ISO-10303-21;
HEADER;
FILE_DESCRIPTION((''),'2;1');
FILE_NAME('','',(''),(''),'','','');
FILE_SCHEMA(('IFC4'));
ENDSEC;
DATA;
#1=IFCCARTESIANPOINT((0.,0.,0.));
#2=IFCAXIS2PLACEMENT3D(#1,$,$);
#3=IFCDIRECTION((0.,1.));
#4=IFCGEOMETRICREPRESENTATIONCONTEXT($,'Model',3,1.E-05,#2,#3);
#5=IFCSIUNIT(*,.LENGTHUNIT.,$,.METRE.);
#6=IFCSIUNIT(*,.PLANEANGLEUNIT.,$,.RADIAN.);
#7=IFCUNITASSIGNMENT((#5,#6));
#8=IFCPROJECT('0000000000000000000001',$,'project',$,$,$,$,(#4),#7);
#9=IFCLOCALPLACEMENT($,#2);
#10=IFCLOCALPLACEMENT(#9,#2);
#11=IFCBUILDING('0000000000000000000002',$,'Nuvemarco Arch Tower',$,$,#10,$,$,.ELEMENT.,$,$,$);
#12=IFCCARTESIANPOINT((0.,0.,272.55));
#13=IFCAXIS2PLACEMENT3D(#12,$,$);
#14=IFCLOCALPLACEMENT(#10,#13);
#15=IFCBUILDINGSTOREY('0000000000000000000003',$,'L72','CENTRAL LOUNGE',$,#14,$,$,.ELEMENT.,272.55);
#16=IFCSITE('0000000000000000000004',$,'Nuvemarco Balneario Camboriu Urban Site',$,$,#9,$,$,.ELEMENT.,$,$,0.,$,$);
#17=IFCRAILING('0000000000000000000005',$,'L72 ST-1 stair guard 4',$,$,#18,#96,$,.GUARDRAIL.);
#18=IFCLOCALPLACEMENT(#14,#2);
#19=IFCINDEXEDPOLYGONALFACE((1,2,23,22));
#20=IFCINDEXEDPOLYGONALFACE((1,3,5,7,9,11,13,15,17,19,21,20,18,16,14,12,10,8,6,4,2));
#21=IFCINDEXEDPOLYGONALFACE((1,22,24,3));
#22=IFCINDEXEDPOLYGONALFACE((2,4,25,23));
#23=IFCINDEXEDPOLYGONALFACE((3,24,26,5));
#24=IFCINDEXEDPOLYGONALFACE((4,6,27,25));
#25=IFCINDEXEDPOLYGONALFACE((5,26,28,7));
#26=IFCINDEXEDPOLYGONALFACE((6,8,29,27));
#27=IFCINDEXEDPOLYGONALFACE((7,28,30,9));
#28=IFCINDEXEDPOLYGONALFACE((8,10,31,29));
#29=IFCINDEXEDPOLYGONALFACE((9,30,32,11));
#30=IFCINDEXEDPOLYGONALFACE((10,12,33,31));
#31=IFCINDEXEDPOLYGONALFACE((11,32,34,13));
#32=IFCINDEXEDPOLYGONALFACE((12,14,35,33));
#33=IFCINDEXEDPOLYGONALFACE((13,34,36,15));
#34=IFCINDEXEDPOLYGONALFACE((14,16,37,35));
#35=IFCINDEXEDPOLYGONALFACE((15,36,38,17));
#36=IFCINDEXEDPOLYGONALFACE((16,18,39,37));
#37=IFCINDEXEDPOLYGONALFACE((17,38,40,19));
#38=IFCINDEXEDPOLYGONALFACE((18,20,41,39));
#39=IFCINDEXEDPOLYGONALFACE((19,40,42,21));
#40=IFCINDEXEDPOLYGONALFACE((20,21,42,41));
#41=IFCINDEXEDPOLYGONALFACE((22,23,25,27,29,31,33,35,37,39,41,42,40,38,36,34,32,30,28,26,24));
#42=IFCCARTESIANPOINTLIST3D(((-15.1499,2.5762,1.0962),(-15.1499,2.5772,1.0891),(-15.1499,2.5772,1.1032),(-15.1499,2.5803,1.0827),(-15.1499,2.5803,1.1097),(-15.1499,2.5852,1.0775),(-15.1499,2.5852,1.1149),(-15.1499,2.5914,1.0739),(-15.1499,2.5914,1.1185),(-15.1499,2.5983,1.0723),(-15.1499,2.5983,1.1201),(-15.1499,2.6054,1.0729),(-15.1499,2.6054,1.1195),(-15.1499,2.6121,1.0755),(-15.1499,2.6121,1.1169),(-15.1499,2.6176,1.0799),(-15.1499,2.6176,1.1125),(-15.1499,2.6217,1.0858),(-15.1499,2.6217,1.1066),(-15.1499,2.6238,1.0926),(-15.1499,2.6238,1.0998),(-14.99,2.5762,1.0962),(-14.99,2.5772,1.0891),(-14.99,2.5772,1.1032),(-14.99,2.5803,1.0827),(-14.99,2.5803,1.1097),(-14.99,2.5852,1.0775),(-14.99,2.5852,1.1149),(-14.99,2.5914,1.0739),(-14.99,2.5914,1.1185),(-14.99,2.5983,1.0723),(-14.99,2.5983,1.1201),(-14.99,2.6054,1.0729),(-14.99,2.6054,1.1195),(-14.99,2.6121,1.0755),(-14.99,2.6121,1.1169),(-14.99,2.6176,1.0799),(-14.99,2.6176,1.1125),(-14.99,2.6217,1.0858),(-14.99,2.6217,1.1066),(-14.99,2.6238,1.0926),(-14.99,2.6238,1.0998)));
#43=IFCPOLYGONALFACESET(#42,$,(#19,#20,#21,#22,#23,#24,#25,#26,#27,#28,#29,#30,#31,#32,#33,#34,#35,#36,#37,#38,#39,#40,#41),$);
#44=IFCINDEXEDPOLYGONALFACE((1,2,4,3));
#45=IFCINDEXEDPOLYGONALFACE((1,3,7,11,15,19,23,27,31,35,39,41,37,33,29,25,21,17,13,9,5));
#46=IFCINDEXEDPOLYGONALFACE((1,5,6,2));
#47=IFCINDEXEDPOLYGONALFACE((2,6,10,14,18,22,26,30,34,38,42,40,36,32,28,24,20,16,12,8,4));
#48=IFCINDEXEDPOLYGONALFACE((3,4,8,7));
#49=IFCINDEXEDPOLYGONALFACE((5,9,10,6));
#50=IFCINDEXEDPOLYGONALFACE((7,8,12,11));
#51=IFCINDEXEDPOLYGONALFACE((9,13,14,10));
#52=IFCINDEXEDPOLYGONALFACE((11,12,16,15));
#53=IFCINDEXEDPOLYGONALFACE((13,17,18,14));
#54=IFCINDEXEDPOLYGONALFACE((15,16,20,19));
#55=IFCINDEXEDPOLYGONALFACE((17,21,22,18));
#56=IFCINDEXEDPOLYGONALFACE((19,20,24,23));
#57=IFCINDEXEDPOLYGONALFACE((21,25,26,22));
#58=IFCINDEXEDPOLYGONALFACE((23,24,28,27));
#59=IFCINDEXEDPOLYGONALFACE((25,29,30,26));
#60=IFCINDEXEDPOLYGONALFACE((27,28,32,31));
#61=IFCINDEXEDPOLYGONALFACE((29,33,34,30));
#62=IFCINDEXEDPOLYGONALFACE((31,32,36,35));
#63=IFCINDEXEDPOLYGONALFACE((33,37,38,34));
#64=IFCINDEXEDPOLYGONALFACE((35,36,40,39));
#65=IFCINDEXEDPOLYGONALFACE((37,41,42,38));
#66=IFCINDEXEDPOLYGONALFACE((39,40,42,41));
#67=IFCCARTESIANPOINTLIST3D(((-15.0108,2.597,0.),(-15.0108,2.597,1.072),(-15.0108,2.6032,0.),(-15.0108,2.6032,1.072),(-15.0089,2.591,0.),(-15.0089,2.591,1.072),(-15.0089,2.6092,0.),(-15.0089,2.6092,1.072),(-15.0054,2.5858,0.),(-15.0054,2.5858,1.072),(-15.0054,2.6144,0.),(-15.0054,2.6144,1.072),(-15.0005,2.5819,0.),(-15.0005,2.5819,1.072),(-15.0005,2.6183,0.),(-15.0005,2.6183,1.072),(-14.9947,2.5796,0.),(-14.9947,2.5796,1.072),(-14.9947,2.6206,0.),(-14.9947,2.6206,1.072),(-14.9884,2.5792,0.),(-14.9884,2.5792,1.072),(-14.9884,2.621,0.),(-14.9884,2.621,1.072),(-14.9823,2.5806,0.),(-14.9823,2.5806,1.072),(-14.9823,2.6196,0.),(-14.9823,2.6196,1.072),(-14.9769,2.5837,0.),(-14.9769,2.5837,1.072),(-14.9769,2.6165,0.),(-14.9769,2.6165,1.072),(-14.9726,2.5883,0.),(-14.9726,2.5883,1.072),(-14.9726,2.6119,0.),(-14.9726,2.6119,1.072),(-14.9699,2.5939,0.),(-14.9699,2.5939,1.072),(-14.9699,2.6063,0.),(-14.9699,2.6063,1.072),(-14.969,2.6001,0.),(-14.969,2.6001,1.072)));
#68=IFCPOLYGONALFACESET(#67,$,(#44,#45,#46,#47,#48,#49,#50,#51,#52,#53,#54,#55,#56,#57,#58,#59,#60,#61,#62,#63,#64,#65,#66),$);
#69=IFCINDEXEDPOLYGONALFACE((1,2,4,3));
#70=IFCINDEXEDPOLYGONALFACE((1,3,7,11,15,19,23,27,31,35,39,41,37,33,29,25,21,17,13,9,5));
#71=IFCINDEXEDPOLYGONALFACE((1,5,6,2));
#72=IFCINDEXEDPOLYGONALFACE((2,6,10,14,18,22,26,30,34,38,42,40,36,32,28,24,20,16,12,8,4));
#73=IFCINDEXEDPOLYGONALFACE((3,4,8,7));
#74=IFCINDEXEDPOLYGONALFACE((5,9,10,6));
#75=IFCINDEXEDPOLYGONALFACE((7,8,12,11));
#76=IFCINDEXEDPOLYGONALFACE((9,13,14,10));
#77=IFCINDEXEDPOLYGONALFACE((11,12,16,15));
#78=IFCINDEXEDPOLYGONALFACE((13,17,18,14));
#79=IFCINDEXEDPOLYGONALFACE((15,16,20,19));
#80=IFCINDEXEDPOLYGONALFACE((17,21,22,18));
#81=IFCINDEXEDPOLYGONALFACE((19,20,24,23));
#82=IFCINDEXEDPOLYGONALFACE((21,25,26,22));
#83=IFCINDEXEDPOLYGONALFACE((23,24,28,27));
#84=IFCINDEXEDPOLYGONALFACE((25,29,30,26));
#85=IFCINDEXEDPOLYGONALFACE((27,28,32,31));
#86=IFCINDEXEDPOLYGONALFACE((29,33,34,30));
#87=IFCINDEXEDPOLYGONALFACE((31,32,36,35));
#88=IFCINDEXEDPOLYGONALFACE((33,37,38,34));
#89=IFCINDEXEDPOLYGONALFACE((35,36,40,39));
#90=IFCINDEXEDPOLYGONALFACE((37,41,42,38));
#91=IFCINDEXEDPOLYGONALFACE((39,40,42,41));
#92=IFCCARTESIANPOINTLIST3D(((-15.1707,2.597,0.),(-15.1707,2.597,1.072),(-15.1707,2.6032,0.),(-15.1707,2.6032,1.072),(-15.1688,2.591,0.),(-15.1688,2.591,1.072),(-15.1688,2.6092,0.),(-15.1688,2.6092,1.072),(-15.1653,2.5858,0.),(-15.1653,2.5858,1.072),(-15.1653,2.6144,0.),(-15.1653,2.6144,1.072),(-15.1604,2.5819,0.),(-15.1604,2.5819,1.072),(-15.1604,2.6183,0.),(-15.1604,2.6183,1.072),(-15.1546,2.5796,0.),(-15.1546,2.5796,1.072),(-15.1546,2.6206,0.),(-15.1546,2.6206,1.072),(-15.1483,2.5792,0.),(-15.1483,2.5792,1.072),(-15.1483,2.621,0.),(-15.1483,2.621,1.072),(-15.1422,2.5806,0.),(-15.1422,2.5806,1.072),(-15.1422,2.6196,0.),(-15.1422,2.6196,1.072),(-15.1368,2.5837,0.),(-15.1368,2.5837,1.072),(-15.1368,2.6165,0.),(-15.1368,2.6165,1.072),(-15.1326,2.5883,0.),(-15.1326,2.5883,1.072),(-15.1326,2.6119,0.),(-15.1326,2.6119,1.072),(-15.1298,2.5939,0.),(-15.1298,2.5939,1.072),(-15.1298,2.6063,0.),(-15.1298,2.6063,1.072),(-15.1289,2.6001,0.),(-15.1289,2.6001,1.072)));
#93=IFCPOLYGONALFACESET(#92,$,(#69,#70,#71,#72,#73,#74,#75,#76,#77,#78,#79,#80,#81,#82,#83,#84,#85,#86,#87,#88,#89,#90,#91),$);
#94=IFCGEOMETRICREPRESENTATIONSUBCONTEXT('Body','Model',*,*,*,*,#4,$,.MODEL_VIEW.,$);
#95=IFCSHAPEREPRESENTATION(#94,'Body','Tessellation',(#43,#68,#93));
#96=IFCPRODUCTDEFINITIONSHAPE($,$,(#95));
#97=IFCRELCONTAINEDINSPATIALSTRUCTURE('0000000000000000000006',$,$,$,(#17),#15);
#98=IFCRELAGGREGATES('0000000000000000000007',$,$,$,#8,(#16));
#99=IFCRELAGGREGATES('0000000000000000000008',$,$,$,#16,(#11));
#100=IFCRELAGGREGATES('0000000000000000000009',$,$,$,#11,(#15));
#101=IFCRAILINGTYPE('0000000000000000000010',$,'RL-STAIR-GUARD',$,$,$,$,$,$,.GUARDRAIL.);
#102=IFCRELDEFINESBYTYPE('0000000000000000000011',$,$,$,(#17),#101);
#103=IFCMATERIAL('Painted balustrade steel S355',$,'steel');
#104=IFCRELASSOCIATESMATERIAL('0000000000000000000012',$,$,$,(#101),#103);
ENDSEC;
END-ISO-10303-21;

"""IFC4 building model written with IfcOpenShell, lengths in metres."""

from ifc_helpers import new_model, si_unit, direction, frame, origin, origin_2d, place, context, subcontext, project, spatial, circle, extrude, material, type_object, element, save


model = new_model("IFC4")

# Units and contexts
model_context = context("Model", 3, precision=1e-05, world=origin(), true_north=direction((0.0, 1.0)))
body_context = subcontext(model_context, "Body", "Model", "MODEL_VIEW")
ifc_project = project(units=[si_unit("LENGTHUNIT", "METRE"), si_unit("PLANEANGLEUNIT", "RADIAN")], contexts=[model_context])

# Site, building, storey
site_placement = place(None, origin())
site = spatial("IfcSite", under=ifc_project, at=site_placement, Name="Nuvemarco Balneario Camboriu Urban Site", CompositionType="ELEMENT", RefElevation=0.0)
building_placement = place(site_placement, origin())
building = spatial("IfcBuilding", under=site, at=building_placement, Name="Nuvemarco Arch Tower", CompositionType="ELEMENT")
storey_placement = place(building_placement, frame((0.0, 0.0, 272.55)))
storey = spatial("IfcBuildingStorey", under=building, at=storey_placement, Name="L72", Description="CENTRAL LOUNGE", CompositionType="ELEMENT", Elevation=272.55)

# Railing
ifc_material_1 = material(Name="Painted balustrade steel S355", Category="steel")
railing_type_1 = type_object("IfcRailingType", Name="RL-STAIR-GUARD", PredefinedType="GUARDRAIL", material=ifc_material_1)
railing_1_placement = place(storey_placement, frame((-14.99, 2.6001, 0.0)))
element("IfcRailing", 1, at=railing_1_placement, inside=storey, type_object=railing_type_1, Name="L72 ST-1 stair guard 4", PredefinedType="GUARDRAIL", context=body_context, shape_type="SweptSolid", body=[
    extrude(circle(Radius=0.0239, at=origin_2d()), frame((0.0, 0.0, 1.0962), z_axis=(-1.0, 0.0, 0.0), x_axis=(0.0, -1.0, 0.0)), (0.0, 0.0, 1.0), 0.1599),
    extrude(circle(Radius=0.021, at=origin_2d()), origin(), (0.0, 0.0, 1.0), 1.072),
    extrude(circle(Radius=0.021, at=origin_2d()), frame((-0.1599, 0.0, 0.0)), (0.0, 0.0, 1.0), 1.072),
])

save(model, "model.ifc")
